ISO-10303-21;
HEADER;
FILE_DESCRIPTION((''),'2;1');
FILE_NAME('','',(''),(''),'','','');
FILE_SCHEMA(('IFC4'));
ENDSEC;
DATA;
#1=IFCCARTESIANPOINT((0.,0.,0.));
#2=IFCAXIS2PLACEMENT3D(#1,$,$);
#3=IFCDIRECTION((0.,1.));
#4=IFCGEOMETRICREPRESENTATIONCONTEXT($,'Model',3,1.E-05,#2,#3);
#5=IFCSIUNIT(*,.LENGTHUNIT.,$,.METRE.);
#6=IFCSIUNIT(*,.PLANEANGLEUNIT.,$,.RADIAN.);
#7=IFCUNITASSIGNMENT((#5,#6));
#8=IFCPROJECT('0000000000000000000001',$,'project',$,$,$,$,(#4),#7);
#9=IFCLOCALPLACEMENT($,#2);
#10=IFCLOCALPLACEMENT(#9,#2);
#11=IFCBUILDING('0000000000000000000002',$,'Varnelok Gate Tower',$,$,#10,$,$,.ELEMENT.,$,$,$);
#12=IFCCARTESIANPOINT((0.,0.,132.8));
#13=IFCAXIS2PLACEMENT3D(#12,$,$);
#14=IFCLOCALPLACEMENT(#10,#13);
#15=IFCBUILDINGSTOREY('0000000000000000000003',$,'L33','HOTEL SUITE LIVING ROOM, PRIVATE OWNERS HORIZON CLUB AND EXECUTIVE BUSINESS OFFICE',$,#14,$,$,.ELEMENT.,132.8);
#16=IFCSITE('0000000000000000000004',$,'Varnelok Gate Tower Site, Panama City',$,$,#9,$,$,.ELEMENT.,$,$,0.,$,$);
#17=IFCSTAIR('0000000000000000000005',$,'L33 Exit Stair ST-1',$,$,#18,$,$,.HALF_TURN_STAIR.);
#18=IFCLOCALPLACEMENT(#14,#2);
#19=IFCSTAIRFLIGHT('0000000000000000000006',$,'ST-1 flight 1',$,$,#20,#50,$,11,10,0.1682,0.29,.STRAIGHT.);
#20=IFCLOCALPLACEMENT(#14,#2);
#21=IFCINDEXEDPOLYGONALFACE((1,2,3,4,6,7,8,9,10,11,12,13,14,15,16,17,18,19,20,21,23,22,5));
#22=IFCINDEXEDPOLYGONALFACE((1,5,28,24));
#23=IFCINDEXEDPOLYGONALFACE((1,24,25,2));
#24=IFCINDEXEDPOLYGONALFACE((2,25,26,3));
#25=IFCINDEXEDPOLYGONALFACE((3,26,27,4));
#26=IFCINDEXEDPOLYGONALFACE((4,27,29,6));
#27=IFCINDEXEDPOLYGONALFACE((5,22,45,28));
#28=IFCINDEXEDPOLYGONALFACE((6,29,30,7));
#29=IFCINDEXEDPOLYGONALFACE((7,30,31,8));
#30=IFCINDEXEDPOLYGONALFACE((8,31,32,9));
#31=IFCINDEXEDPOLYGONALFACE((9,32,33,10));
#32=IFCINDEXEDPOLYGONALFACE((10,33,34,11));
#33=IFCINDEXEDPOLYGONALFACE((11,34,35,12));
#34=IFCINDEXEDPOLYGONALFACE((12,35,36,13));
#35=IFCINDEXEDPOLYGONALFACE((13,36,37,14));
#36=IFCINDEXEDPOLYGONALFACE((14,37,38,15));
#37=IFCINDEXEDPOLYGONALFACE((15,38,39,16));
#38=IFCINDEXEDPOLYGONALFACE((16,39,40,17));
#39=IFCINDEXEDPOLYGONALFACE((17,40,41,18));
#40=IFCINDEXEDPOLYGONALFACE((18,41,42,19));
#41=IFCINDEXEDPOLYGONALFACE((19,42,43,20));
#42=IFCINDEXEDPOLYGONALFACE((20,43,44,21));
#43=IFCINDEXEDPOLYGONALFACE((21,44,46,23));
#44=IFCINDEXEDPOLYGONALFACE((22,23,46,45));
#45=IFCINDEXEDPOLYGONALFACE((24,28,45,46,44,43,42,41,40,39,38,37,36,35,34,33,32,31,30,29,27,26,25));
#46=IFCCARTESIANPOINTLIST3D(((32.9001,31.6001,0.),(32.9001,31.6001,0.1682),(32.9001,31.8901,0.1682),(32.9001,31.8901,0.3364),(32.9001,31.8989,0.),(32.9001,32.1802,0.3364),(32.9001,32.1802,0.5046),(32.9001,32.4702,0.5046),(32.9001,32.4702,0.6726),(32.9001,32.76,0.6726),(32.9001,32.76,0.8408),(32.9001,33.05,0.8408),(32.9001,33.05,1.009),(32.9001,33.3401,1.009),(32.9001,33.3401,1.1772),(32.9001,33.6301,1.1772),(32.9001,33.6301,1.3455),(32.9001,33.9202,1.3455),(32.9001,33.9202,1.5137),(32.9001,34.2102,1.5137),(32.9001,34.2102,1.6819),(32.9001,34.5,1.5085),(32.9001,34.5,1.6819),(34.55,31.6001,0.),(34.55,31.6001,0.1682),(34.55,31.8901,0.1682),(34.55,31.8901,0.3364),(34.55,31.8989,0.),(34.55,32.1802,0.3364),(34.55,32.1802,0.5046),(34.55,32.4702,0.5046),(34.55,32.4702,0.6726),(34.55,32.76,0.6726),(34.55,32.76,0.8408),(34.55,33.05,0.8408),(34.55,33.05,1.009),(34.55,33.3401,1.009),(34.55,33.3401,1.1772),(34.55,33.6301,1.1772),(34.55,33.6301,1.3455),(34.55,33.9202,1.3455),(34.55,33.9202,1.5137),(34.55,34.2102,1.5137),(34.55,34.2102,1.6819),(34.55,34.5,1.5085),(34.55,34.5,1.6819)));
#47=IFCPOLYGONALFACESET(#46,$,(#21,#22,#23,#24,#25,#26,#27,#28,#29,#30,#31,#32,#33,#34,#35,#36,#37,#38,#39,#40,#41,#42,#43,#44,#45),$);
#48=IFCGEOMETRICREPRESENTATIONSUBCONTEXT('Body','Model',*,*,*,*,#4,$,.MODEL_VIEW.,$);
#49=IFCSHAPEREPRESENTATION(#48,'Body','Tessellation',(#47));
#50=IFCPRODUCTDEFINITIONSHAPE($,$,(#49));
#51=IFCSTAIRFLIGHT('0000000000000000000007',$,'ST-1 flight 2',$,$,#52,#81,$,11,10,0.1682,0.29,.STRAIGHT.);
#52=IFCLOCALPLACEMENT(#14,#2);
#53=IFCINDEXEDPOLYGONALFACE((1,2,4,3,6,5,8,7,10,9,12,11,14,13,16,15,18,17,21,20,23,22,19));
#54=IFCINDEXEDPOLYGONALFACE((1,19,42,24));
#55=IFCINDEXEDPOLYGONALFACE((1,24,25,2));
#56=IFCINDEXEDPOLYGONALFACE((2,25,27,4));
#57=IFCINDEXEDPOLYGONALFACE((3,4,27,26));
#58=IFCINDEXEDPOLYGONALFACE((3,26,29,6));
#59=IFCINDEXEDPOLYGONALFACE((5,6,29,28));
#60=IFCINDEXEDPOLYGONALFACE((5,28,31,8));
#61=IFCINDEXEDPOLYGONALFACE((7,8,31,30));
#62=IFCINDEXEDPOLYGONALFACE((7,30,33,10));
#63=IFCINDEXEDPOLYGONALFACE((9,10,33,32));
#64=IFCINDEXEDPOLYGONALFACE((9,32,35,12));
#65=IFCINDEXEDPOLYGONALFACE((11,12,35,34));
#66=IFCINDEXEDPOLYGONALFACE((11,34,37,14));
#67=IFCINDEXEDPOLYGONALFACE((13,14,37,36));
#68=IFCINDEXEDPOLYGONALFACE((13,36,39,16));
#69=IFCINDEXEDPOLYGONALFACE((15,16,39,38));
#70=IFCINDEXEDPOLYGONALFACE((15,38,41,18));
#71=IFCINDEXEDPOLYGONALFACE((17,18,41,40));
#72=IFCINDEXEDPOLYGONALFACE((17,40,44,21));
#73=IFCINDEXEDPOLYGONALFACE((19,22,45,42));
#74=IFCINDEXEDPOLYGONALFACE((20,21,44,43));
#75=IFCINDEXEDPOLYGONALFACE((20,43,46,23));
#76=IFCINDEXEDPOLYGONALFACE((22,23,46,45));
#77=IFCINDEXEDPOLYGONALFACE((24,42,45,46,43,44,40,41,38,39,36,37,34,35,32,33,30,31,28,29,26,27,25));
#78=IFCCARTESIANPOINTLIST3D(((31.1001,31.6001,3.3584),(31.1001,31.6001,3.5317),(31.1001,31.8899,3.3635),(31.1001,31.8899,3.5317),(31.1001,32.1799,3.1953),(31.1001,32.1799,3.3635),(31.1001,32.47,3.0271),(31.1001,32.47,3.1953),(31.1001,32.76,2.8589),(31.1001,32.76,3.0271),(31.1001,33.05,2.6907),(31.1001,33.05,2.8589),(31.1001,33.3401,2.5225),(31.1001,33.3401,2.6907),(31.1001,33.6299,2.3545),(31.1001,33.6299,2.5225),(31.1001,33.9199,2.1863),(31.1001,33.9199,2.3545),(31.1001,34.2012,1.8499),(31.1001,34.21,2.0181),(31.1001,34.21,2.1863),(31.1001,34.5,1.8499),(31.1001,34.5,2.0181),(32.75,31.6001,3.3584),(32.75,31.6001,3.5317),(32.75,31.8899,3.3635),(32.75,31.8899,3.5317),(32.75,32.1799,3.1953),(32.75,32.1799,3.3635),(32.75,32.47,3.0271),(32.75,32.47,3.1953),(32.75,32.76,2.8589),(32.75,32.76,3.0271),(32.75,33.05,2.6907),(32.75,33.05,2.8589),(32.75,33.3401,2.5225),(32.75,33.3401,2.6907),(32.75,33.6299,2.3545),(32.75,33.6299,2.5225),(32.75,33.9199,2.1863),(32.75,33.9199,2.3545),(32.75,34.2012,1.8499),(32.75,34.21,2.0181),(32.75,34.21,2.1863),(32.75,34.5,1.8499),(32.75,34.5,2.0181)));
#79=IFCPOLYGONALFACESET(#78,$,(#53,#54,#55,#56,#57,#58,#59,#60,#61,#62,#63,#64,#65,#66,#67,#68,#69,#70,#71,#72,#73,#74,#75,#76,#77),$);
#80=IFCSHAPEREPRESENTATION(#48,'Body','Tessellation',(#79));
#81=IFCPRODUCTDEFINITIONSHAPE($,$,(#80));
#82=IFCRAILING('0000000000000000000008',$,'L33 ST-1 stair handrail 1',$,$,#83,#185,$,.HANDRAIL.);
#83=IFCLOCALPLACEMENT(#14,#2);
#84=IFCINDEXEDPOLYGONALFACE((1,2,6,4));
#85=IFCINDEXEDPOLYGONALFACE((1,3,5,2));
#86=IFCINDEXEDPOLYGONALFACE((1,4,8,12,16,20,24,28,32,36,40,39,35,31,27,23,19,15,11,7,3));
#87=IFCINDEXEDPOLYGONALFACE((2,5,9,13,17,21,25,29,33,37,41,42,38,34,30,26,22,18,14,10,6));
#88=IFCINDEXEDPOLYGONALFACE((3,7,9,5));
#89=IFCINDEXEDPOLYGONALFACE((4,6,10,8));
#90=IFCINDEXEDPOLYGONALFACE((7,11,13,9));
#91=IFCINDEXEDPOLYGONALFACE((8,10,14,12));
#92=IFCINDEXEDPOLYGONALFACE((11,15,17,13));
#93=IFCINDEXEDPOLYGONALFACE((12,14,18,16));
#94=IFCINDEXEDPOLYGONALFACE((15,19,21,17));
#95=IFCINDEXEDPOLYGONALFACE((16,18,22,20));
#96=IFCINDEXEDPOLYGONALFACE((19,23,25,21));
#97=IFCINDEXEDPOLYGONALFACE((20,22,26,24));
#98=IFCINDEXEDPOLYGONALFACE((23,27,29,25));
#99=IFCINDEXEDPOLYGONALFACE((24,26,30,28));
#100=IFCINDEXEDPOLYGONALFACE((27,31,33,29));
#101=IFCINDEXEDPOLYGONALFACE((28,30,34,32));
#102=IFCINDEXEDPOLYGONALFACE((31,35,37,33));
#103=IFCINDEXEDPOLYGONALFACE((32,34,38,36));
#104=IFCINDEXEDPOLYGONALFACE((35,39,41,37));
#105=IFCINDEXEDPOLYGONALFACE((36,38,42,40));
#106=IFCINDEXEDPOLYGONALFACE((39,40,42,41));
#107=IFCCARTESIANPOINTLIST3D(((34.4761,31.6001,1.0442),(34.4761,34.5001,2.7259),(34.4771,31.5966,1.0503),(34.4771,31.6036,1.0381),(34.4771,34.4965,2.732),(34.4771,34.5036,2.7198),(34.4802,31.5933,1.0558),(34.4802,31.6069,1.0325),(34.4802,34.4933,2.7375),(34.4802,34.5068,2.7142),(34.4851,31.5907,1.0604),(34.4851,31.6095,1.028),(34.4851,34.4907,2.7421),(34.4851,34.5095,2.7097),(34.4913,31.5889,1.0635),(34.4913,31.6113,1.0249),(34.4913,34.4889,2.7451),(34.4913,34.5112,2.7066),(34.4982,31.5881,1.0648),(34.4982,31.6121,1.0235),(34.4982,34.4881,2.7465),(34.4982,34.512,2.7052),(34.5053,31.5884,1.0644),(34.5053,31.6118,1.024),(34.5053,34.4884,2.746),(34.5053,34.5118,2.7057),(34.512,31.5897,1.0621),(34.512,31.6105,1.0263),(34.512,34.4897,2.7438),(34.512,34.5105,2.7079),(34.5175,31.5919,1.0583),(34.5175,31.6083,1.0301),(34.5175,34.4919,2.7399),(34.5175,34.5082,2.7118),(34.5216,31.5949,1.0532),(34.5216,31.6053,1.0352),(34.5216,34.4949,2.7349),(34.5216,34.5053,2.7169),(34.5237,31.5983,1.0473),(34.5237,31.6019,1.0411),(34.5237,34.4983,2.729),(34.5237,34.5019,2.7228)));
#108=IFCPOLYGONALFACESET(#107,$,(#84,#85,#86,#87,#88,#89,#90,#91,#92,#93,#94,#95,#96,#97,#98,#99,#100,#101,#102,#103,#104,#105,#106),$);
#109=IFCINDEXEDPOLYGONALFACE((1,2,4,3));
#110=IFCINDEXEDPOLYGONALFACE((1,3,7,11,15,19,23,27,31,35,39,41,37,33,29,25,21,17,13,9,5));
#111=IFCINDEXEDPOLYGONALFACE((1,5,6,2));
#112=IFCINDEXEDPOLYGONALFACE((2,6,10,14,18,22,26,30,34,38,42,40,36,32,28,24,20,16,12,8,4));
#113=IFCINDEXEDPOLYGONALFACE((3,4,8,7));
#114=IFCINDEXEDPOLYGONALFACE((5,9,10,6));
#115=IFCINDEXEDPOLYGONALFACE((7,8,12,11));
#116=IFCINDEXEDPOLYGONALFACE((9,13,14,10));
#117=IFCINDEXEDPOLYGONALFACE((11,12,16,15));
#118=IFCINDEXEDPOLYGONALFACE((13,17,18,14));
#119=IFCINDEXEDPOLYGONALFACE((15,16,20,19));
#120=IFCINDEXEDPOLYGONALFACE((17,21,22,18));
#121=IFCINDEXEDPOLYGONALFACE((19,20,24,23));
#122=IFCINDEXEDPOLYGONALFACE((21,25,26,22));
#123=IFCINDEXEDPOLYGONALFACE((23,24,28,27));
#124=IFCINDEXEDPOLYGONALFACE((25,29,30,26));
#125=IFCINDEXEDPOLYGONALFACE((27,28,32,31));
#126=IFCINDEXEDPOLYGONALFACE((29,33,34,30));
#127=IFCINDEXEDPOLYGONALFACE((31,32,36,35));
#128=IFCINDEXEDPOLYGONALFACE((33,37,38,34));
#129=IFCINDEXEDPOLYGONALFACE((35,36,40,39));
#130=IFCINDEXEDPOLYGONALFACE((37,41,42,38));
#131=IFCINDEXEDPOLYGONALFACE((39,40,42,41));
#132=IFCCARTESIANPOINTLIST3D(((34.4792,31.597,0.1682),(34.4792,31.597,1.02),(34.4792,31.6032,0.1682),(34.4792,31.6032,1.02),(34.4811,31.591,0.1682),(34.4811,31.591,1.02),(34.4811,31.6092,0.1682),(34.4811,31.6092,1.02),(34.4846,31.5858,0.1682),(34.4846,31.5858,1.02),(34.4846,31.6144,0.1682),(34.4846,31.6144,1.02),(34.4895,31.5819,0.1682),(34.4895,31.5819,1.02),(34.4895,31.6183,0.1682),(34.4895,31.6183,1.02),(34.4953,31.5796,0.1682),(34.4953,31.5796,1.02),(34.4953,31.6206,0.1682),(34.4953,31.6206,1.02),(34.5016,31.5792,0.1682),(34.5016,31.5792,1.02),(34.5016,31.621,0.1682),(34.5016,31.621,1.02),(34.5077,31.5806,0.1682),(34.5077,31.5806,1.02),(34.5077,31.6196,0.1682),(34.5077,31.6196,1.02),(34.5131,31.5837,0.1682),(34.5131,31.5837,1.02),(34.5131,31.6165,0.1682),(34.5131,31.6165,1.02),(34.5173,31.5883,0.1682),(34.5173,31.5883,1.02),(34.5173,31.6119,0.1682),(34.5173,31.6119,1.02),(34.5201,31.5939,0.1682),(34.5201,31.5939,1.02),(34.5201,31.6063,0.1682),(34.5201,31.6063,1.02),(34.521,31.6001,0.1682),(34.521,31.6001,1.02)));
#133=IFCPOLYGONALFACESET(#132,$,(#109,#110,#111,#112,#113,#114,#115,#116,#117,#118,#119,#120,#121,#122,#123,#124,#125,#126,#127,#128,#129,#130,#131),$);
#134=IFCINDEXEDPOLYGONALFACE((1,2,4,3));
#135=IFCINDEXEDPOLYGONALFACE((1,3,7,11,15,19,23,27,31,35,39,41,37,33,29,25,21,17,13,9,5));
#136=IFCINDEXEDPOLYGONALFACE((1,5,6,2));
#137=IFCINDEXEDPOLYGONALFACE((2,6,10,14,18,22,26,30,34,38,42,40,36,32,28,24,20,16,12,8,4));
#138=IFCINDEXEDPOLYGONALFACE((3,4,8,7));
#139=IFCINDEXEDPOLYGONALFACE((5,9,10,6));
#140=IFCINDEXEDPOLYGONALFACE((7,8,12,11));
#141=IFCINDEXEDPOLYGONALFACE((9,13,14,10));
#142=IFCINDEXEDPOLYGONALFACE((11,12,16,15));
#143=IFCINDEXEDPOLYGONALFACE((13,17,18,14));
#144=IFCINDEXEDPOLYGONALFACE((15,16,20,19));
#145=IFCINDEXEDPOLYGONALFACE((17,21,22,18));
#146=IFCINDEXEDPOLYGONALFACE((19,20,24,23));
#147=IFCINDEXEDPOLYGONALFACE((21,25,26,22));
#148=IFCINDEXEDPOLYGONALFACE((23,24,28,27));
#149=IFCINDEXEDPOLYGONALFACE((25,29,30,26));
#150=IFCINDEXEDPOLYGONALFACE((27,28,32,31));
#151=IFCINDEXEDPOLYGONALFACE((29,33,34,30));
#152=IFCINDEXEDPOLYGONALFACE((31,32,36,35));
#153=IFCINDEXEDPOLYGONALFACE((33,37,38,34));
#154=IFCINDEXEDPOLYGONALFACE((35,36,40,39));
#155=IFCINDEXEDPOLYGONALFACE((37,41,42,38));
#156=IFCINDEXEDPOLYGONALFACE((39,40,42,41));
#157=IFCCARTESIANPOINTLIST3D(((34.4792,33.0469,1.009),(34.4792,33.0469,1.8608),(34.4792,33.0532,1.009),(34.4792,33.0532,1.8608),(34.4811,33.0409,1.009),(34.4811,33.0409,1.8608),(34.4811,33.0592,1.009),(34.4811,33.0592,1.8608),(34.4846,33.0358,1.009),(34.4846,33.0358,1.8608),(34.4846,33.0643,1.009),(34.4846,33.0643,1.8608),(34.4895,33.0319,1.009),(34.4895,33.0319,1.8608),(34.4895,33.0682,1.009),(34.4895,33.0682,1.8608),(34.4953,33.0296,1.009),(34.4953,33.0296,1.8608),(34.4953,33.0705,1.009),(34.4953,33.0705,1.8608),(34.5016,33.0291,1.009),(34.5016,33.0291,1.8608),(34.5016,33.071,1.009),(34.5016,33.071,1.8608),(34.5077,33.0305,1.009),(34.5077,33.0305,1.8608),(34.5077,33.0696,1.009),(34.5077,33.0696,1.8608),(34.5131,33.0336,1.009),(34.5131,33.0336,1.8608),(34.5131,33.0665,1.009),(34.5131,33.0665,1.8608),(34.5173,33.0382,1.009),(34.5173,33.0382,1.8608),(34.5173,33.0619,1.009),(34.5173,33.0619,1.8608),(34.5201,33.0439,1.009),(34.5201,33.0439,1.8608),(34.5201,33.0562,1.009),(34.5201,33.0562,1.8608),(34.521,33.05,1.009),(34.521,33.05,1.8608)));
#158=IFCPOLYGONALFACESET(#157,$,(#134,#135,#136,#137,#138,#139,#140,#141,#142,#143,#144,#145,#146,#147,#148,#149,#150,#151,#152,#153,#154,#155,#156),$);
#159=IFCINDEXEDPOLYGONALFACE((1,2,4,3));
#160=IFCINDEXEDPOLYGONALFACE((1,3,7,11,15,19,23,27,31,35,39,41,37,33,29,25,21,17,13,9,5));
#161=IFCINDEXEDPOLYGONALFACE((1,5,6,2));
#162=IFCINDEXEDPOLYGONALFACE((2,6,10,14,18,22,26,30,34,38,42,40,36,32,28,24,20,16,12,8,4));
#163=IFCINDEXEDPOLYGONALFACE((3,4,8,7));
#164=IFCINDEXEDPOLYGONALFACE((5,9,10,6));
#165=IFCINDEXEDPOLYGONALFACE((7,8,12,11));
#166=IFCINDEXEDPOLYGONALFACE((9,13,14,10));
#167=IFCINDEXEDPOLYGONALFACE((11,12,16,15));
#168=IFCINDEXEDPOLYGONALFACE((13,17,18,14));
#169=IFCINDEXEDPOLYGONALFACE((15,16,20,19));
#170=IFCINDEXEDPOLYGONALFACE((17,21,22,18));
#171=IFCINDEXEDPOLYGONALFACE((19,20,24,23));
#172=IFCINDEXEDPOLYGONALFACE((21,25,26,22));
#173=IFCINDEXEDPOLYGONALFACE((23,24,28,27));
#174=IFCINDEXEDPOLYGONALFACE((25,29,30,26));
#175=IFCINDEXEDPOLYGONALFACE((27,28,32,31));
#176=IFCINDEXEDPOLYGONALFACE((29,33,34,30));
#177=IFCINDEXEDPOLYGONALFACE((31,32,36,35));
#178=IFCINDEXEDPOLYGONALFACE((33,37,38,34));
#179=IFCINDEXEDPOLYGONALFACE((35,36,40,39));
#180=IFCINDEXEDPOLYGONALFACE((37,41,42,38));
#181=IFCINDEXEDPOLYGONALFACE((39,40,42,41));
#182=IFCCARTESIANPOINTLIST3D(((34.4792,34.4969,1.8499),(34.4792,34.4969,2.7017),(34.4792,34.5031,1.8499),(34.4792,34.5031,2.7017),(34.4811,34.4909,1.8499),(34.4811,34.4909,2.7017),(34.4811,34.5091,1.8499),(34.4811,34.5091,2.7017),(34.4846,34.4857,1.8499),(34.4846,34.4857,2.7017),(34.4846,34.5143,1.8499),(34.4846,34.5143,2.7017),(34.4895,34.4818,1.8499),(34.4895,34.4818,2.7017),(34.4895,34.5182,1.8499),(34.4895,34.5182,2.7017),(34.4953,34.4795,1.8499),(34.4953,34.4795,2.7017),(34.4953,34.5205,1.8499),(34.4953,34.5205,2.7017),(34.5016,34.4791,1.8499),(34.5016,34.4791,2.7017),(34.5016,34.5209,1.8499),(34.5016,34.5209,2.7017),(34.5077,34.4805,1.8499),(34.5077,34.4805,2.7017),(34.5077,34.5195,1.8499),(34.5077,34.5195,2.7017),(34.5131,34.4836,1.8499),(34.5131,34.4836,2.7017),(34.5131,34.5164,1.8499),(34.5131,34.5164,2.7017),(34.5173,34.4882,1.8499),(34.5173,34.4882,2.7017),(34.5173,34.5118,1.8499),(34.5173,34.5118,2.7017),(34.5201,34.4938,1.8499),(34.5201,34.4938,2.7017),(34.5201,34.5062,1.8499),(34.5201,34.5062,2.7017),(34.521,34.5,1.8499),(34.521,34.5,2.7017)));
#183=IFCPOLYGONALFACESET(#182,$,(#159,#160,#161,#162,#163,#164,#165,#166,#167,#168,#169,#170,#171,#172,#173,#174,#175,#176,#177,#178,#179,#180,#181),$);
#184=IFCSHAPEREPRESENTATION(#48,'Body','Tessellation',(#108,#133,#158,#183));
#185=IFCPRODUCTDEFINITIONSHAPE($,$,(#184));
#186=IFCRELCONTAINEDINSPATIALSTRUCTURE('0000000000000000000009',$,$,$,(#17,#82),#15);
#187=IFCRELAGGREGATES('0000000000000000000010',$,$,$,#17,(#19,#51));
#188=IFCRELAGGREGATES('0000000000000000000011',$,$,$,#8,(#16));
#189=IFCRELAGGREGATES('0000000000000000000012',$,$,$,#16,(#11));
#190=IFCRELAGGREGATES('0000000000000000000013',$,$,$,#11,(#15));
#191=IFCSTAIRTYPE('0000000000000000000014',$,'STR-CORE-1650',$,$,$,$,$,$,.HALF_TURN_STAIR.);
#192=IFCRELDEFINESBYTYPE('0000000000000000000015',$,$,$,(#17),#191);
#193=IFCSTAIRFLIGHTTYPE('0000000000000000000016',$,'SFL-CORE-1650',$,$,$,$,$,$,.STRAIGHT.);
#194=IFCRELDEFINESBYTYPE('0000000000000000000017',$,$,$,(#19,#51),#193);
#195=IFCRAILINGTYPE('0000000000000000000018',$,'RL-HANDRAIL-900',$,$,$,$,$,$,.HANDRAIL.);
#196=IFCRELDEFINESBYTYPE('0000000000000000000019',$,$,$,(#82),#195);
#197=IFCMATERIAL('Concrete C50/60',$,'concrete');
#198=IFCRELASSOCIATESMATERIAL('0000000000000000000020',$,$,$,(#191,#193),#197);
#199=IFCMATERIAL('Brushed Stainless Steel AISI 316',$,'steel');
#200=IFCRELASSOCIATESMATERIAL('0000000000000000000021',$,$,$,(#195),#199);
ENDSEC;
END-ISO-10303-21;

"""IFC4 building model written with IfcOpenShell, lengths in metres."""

from ifc_helpers import new_model, si_unit, direction, frame, origin, origin_2d, place, context, subcontext, project, spatial, polyline, circle, outline, extrude, material, type_object, element, aggregate, save


model = new_model("IFC4")

# Units and contexts
model_context = context("Model", 3, precision=1e-05, world=origin(), true_north=direction((0.0, 1.0)))
body_context = subcontext(model_context, "Body", "Model", "MODEL_VIEW")
ifc_project = project(units=[si_unit("LENGTHUNIT", "METRE"), si_unit("PLANEANGLEUNIT", "RADIAN")], contexts=[model_context])

# Site, building, storey
site_placement = place(None, origin())
site = spatial("IfcSite", under=ifc_project, at=site_placement, Name="Varnelok Gate Tower Site, Panama City", CompositionType="ELEMENT", RefElevation=0.0)
building_placement = place(site_placement, origin())
building = spatial("IfcBuilding", under=site, at=building_placement, Name="Varnelok Gate Tower", CompositionType="ELEMENT")
storey_placement = place(building_placement, frame((0.0, 0.0, 132.8)))
storey = spatial("IfcBuildingStorey", under=building, at=storey_placement, Name="L33", Description="HOTEL SUITE LIVING ROOM, PRIVATE OWNERS HORIZON CLUB AND EXECUTIVE BUSINESS OFFICE", CompositionType="ELEMENT", Elevation=132.8)

# Stair, stair flights
ifc_material_1 = material(Name="Concrete C50/60", Category="concrete")
stair_type = type_object("IfcStairType", Name="STR-CORE-1650", PredefinedType="HALF_TURN_STAIR", material=ifc_material_1)
stair_placement = place(storey_placement, origin())
stair = element("IfcStair", 1, at=stair_placement, inside=storey, type_object=stair_type, Name="L33 Exit Stair ST-1", PredefinedType="HALF_TURN_STAIR")
stair_flight_type = type_object("IfcStairFlightType", Name="SFL-CORE-1650", PredefinedType="STRAIGHT", material=ifc_material_1)
stair_flight_1_placement = place(storey_placement, frame((33.7251, 31.6001, 0.0), z_axis=(0.0, 0.0, 1.0), x_axis=(0.0, 1.0, 0.0)))
stair_flight_1 = element("IfcStairFlight", 2, at=stair_flight_1_placement, type_object=stair_flight_type, Name="ST-1 flight 1", NumberOfRisers=11, NumberOfTreads=10, PredefinedType="STRAIGHT", RiserHeight=0.1682, TreadLength=0.29, context=body_context, shape_type="SweptSolid", body=[
    extrude(outline(polyline([(0.0, 0.0), (0.0, 0.1682), (0.29, 0.1682), (0.29, 0.3364), (0.5801, 0.3364), (0.5801, 0.5046), (0.8701, 0.5046), (0.8701, 0.6726), (1.1599, 0.6726), (1.1599, 0.8408), (1.45, 0.8408), (1.45, 1.009), (1.74, 1.009), (1.74, 1.1772), (2.03, 1.1772), (2.03, 1.3455), (2.3201, 1.3455), (2.3201, 1.5137), (2.6101, 1.5137), (2.6101, 1.6819), (2.8999, 1.6819), (2.8999, 1.8501), (2.8999, 1.5085), (0.2988, 0.0), (0.0, 0.0)])), frame((0.0, 0.825, 0.0), z_axis=(0.0, -1.0, 0.0), x_axis=(1.0, 0.0, 0.0)), (0.0, 0.0, 1.0), 1.6499),
])
stair_flight_2_placement = place(storey_placement, frame((31.925, 34.5, 1.8499), z_axis=(0.0, 0.0, 1.0), x_axis=(0.0, -1.0, 0.0)))
stair_flight_2 = element("IfcStairFlight", 3, at=stair_flight_2_placement, type_object=stair_flight_type, Name="ST-1 flight 2", NumberOfRisers=11, NumberOfTreads=10, PredefinedType="STRAIGHT", RiserHeight=0.1682, TreadLength=0.29, context=body_context, shape_type="SweptSolid", body=[
    extrude(outline(polyline([(0.0, 0.0), (0.0, 0.1682), (0.29, 0.1682), (0.29, 0.3364), (0.5801, 0.3364), (0.5801, 0.5046), (0.8701, 0.5046), (0.8701, 0.6726), (1.1599, 0.6726), (1.1599, 0.8408), (1.45, 0.8408), (1.45, 1.009), (1.74, 1.009), (1.74, 1.1772), (2.03, 1.1772), (2.03, 1.3455), (2.3201, 1.3455), (2.3201, 1.5137), (2.6101, 1.5137), (2.6101, 1.6819), (2.8999, 1.6819), (2.8999, 1.8501), (2.8999, 1.5085), (0.2988, 0.0), (0.0, 0.0)])), frame((0.0, 0.825, 0.0), z_axis=(0.0, -1.0, 0.0), x_axis=(1.0, 0.0, 0.0)), (0.0, 0.0, 1.0), 1.6499),
])
aggregate(stair, [stair_flight_1, stair_flight_2])

# Railing
ifc_material_2 = material(Name="Brushed Stainless Steel AISI 316", Category="steel")
railing_type_1 = type_object("IfcRailingType", Name="RL-HANDRAIL-900", PredefinedType="HANDRAIL", material=ifc_material_2)
railing_1_placement = place(storey_placement, frame((34.5, 31.6001, 0.1682)))
element("IfcRailing", 4, at=railing_1_placement, inside=storey, type_object=railing_type_1, Name="L33 ST-1 stair handrail 1", PredefinedType="HANDRAIL", context=body_context, shape_type="SweptSolid", body=[
    extrude(circle(Radius=0.0239, at=origin_2d()), frame((0.0, 0.0, 0.876), z_axis=(0.0, 0.86507, 0.501651), x_axis=(-1.0, 0.0, 0.0)), (0.0, 0.0, 1.0), 3.3523),
    extrude(circle(Radius=0.021, at=origin_2d()), origin(), (0.0, 0.0, 1.0), 0.8518),
    extrude(circle(Radius=0.021, at=origin_2d()), frame((0.0, 1.45, 0.8408)), (0.0, 0.0, 1.0), 0.8518),
    extrude(circle(Radius=0.021, at=origin_2d()), frame((0.0, 2.8999, 1.6816)), (0.0, 0.0, 1.0), 0.8518),
])

save(model, "model.ifc")
